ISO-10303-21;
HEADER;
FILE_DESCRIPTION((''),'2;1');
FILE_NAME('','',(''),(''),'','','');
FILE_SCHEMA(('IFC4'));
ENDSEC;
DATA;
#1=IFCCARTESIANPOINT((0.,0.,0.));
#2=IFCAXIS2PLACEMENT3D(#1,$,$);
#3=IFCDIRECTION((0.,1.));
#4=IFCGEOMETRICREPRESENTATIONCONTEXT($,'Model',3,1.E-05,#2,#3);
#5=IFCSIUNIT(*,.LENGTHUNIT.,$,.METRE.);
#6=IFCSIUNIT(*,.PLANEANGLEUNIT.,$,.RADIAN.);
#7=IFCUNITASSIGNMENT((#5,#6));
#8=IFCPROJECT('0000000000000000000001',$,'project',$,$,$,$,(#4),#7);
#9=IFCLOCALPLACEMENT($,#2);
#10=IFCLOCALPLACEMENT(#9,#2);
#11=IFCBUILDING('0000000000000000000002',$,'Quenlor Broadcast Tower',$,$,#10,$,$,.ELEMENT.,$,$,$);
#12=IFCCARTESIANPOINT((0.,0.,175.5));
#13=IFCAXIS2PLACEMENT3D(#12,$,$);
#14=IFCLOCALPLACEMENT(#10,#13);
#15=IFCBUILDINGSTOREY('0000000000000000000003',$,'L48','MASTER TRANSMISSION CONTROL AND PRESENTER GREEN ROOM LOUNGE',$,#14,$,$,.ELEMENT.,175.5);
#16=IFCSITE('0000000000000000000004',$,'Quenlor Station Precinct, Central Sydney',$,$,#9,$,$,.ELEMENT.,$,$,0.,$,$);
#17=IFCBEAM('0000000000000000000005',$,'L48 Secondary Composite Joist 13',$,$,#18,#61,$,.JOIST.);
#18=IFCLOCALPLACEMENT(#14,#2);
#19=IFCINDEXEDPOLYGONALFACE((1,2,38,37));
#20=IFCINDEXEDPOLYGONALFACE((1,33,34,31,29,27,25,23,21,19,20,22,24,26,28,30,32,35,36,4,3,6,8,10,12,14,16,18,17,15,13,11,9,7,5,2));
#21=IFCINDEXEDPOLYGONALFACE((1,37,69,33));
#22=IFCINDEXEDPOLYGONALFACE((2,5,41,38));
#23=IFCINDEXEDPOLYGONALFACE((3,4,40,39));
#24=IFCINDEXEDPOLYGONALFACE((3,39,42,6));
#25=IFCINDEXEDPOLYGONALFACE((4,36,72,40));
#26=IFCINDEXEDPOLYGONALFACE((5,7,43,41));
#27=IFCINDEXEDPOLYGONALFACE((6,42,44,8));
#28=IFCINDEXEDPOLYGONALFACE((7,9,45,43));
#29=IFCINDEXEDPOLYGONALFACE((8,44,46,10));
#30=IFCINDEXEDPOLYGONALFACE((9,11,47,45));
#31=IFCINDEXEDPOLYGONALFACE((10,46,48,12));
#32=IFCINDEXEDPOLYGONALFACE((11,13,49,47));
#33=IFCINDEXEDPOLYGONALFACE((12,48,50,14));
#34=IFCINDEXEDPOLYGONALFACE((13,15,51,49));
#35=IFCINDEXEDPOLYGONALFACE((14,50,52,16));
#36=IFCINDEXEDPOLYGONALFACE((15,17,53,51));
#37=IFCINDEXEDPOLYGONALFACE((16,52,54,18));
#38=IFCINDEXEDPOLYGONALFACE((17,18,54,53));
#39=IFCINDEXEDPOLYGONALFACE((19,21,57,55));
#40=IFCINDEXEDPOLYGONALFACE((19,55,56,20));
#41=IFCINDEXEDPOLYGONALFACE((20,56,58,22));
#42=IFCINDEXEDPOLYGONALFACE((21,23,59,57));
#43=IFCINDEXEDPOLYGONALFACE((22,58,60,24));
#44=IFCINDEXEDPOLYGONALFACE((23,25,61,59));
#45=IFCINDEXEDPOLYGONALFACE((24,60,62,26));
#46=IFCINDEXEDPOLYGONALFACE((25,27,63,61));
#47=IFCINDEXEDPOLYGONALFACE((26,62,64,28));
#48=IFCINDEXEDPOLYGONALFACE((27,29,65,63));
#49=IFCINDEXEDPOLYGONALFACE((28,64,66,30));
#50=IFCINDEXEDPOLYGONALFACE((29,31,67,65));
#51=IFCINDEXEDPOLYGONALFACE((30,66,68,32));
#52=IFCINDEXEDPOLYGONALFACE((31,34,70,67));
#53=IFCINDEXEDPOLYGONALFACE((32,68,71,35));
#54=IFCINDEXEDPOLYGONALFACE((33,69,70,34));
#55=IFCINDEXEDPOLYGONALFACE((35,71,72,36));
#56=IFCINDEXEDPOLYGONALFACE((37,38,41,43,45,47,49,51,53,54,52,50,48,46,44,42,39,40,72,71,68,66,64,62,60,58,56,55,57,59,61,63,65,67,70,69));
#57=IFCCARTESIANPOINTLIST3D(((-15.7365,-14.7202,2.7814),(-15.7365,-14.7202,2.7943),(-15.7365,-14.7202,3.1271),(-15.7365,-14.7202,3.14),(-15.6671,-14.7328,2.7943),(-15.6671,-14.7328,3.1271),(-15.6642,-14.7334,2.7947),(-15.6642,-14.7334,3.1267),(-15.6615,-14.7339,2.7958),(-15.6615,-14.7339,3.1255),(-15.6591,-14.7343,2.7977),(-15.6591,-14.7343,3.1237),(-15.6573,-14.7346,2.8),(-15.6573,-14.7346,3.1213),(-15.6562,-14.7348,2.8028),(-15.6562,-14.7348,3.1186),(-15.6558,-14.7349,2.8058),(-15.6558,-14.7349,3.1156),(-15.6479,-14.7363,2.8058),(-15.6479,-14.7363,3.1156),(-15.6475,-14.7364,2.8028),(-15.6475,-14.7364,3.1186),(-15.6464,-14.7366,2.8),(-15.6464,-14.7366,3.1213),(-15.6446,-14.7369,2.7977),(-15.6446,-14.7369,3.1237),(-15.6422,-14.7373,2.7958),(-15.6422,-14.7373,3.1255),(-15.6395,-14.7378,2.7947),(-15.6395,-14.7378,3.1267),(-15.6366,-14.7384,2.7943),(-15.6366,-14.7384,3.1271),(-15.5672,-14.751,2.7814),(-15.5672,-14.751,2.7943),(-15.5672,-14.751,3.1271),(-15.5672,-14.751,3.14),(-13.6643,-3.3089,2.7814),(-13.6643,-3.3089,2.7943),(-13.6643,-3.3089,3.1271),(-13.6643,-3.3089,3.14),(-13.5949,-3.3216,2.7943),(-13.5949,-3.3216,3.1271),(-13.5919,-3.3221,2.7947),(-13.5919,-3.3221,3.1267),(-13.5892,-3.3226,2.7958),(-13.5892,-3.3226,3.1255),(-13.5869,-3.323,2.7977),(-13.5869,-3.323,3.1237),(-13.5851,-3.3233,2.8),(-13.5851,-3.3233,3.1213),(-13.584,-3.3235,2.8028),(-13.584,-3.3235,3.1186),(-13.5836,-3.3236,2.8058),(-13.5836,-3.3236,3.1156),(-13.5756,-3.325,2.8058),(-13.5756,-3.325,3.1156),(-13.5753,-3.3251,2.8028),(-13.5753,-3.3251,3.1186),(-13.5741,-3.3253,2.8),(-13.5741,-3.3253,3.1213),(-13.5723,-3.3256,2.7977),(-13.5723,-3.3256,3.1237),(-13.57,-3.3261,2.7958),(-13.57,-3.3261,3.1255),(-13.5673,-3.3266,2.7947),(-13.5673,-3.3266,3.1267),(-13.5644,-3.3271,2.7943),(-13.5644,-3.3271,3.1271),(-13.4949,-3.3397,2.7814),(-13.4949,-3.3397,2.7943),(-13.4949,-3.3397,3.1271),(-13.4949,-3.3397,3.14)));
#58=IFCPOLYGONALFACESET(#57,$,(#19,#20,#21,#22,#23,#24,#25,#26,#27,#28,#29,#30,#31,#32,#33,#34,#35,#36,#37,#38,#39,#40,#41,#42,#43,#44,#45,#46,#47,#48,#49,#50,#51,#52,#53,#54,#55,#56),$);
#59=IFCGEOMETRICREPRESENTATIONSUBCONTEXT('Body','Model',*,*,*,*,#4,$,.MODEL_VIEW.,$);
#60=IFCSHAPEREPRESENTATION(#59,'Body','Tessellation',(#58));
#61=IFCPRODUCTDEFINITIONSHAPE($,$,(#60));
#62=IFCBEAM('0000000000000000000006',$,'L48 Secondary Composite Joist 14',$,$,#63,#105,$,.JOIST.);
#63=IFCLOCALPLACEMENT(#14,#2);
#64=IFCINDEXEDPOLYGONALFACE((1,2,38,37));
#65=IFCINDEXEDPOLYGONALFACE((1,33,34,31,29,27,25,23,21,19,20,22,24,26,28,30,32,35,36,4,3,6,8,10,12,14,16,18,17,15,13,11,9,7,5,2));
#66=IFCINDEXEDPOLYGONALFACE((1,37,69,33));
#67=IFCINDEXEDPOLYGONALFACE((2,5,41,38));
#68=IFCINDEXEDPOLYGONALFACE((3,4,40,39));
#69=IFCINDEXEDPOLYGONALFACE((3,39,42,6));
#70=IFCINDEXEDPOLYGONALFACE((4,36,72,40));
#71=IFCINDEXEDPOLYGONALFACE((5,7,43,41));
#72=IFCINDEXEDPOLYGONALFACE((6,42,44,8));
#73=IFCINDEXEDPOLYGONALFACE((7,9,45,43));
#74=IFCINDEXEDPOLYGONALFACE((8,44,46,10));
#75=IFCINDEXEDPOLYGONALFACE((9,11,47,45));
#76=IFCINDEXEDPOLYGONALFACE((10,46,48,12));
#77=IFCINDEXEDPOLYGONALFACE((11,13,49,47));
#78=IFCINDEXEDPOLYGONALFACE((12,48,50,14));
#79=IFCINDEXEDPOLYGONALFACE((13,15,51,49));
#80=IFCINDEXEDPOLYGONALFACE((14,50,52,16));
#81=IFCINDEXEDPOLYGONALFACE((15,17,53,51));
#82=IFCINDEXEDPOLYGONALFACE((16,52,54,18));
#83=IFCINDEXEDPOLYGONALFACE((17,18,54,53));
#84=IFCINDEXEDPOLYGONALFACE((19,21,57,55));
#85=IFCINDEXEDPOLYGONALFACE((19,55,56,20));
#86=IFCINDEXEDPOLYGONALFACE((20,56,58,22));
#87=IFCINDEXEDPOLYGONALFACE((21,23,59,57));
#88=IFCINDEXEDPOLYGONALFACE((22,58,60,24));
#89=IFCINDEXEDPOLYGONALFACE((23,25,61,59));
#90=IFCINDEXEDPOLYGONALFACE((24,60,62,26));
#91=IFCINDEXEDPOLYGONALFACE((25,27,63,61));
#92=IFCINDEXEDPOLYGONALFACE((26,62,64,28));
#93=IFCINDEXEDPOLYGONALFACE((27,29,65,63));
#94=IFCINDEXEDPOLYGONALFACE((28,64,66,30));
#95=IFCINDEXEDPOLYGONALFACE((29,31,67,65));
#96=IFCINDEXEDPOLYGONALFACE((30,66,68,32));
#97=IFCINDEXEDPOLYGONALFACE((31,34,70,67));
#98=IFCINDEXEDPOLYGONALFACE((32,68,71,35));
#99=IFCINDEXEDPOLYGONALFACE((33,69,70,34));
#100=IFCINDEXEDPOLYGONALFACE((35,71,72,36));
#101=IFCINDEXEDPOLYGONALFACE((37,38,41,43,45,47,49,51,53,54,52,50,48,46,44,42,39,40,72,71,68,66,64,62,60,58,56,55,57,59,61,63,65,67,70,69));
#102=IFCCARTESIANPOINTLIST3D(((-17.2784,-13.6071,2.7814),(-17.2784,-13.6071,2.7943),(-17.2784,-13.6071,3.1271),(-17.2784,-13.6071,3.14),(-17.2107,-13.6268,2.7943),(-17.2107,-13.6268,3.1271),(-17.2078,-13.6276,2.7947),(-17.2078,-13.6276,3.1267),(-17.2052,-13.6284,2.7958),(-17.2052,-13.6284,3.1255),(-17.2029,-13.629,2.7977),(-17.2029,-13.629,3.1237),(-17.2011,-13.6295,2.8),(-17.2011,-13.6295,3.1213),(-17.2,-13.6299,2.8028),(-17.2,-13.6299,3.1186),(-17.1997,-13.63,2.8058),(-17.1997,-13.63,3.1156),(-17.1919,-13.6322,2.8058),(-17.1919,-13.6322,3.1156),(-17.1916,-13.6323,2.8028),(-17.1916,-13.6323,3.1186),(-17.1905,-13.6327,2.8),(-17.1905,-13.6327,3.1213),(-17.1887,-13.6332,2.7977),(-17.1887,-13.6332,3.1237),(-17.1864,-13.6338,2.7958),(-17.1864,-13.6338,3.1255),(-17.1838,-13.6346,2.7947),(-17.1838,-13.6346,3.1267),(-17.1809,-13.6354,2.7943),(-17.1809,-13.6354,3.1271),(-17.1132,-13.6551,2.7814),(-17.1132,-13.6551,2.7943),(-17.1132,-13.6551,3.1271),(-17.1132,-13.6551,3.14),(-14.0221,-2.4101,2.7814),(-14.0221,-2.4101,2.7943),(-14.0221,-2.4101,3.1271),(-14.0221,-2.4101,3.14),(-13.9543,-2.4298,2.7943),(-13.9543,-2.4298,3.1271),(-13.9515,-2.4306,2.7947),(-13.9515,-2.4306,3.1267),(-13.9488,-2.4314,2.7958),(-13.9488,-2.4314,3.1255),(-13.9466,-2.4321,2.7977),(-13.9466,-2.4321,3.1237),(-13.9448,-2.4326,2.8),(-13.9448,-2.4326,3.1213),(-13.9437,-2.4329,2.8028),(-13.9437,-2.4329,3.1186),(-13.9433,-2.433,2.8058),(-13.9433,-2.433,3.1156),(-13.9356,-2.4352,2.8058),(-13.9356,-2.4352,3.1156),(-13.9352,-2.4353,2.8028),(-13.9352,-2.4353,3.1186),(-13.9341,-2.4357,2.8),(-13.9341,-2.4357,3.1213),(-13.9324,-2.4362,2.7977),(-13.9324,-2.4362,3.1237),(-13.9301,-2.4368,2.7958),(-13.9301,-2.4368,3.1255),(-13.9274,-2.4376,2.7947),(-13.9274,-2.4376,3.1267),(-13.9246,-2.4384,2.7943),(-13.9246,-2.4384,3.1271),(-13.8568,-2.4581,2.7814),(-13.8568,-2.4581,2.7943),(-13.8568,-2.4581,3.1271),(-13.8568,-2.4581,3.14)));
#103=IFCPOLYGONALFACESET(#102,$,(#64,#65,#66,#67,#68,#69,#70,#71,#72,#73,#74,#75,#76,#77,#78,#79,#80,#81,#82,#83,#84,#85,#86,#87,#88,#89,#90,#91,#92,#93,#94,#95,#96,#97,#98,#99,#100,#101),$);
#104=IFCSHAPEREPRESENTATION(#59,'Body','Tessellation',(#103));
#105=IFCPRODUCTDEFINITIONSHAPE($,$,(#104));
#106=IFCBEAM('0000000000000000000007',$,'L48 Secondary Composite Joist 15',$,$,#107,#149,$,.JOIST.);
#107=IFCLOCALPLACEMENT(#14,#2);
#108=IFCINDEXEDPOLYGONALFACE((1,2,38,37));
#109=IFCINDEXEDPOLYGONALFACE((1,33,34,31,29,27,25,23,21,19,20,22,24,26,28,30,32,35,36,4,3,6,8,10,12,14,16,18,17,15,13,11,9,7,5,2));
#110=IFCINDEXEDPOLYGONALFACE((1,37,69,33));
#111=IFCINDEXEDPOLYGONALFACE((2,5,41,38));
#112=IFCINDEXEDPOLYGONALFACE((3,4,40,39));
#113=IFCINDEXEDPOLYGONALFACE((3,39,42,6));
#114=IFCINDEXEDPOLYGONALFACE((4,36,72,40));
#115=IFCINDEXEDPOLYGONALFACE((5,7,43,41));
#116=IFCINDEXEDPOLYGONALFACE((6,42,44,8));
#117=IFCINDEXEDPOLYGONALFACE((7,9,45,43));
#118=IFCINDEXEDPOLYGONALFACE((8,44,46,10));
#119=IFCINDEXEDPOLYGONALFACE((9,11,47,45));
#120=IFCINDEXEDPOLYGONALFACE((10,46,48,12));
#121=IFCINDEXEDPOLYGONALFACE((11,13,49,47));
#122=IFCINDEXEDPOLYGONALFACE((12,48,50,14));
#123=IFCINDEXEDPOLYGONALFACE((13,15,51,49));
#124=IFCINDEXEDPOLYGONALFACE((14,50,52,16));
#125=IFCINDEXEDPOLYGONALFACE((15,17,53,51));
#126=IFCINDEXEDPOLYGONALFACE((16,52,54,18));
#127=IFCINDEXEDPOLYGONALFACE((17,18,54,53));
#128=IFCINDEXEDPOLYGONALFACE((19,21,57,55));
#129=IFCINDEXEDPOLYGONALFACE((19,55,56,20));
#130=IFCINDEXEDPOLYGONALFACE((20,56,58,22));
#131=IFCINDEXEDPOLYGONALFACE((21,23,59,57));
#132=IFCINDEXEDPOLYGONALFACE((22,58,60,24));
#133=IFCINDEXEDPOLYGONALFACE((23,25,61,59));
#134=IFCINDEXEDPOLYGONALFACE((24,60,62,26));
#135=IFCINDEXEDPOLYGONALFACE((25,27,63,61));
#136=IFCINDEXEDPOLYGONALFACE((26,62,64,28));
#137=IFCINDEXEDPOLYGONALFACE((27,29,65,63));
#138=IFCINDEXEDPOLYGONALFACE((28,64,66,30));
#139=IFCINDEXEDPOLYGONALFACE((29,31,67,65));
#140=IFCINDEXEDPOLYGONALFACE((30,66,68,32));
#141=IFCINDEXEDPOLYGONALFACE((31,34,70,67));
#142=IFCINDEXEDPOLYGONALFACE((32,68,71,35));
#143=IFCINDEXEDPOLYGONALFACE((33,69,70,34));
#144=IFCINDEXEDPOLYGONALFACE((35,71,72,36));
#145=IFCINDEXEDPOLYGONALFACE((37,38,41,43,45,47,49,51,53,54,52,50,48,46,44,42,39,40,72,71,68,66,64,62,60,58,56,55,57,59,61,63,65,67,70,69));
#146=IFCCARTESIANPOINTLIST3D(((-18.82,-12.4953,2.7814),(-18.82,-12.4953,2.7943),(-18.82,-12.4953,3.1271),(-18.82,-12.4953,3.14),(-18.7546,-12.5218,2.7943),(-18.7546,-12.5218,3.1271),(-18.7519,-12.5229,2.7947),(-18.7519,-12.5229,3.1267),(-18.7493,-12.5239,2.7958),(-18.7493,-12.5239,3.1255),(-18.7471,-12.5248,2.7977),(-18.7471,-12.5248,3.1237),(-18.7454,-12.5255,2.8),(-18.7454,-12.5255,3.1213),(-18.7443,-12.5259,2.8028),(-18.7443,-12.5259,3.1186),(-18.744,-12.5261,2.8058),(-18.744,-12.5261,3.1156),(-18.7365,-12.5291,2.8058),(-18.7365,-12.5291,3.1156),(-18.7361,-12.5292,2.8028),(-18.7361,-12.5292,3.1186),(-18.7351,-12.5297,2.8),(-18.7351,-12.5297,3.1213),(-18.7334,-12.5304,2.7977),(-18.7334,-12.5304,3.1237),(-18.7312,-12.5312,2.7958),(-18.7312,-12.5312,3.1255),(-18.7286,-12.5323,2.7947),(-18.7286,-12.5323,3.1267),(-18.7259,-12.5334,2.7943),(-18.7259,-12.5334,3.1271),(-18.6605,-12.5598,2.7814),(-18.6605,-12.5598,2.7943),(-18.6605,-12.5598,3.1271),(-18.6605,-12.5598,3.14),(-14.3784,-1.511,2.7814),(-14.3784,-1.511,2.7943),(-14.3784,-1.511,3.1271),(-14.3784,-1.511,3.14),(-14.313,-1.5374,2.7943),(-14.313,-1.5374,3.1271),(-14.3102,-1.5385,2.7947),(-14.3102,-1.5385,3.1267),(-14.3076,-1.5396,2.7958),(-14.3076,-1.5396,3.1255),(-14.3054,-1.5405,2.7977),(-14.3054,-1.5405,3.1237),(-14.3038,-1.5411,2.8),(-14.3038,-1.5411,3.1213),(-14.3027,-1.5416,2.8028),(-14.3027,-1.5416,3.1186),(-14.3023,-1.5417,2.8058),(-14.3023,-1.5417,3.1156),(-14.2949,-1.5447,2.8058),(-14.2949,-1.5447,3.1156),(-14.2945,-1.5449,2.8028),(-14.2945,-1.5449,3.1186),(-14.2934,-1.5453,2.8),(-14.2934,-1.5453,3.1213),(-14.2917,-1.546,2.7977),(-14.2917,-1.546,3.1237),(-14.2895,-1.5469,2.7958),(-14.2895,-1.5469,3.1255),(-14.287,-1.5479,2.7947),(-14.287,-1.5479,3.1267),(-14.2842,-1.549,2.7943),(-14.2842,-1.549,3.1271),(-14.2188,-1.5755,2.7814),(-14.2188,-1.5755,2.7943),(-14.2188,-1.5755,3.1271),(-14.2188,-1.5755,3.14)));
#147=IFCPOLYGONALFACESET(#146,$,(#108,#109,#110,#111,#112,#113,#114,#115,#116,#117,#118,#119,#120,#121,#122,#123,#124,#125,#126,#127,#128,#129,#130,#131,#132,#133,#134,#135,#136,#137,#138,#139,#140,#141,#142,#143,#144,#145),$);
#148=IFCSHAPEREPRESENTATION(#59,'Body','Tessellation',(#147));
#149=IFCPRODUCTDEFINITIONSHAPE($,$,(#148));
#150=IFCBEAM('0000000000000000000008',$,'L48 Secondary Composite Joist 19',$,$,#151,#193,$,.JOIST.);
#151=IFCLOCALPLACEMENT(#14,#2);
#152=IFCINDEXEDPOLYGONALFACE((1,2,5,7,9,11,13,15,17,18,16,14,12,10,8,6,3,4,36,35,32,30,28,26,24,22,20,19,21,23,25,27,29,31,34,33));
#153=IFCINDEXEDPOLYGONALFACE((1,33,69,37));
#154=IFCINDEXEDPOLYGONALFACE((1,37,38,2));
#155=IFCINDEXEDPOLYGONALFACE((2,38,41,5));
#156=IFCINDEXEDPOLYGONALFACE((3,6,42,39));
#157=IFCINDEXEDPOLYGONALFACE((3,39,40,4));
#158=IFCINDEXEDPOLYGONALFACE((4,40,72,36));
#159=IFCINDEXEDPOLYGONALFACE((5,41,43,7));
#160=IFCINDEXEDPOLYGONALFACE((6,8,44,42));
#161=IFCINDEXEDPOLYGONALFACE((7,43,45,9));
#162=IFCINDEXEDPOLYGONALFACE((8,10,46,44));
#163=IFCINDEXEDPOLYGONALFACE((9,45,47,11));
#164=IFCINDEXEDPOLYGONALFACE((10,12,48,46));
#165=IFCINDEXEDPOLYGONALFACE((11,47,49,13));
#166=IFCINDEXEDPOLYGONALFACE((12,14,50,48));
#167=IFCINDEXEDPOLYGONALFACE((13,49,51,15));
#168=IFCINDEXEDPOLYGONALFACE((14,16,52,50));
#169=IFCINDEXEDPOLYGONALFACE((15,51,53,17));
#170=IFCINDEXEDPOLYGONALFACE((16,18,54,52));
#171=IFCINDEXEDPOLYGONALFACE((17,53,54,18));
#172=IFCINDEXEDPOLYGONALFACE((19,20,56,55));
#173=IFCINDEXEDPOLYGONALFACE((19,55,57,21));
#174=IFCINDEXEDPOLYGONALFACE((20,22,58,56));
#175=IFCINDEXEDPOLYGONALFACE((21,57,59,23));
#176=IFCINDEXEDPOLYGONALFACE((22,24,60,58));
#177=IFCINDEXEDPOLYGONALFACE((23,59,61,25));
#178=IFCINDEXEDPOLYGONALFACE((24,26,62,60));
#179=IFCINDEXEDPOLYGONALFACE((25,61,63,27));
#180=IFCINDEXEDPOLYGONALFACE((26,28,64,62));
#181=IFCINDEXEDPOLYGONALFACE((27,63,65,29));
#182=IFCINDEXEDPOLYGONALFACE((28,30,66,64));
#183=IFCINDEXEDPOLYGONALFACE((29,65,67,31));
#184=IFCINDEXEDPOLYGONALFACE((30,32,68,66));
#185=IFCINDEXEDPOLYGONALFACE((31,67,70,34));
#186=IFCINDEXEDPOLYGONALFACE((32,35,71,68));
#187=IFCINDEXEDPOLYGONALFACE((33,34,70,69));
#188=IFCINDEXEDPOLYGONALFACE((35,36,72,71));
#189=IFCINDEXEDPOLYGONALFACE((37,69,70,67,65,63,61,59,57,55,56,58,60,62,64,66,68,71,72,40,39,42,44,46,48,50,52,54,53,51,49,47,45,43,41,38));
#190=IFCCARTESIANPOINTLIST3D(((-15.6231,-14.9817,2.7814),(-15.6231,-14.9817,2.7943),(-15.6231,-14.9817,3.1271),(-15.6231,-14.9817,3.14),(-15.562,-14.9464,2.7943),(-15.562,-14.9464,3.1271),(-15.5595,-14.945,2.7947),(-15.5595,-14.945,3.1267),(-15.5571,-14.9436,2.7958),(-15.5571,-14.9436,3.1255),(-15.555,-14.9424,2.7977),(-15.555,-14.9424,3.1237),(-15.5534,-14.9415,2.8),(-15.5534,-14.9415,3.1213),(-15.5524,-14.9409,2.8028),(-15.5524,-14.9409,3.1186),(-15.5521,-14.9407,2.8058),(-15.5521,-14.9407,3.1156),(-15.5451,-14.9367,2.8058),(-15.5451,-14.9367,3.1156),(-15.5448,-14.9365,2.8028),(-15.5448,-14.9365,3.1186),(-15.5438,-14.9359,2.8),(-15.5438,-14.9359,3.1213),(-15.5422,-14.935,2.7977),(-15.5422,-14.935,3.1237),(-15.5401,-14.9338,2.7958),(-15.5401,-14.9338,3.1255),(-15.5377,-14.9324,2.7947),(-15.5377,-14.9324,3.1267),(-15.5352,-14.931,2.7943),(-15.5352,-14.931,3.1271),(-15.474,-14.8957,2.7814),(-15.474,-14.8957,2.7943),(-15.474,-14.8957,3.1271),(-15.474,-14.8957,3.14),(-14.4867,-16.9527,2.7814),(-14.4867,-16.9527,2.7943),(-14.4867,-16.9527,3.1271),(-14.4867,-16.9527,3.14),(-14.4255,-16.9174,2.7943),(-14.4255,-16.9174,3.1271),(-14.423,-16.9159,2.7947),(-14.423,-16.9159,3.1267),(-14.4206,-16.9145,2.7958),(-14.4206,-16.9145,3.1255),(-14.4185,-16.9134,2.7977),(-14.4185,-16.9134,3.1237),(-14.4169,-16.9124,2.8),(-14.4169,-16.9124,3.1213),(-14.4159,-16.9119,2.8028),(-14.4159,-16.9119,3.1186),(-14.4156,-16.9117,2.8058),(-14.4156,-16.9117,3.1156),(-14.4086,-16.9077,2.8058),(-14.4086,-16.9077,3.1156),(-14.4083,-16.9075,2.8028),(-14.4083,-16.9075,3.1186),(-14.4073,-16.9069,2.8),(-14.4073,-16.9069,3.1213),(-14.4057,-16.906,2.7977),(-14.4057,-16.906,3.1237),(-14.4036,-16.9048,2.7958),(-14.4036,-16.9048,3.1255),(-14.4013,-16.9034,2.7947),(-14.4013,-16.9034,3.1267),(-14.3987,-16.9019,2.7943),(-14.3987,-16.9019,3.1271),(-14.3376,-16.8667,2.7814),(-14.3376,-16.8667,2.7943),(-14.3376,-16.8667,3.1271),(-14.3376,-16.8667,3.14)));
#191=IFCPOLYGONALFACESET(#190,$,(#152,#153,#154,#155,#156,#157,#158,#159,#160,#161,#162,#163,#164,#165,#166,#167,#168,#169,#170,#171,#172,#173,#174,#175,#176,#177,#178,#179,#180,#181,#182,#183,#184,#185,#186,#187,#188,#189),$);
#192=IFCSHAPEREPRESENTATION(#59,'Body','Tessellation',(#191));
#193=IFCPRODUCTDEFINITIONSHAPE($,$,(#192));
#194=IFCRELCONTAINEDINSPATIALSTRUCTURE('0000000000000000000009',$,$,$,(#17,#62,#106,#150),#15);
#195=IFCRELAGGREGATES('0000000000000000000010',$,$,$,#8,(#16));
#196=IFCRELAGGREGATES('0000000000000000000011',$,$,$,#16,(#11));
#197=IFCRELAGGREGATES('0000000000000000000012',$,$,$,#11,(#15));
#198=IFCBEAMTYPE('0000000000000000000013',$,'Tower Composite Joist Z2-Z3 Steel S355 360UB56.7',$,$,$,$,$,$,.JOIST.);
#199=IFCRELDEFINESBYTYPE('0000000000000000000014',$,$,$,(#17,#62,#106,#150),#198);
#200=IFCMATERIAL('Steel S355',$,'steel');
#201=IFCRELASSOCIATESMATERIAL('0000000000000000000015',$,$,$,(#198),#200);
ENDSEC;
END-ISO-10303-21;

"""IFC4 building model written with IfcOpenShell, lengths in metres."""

from ifc_helpers import new_model, si_unit, direction, frame, origin, origin_2d, place, context, subcontext, project, spatial, i_section, extrude, material, material_profile, profile_set, type_object, element, save


model = new_model("IFC4")

# Units and contexts
model_context = context("Model", 3, precision=1e-05, world=origin(), true_north=direction((0.0, 1.0)))
body_context = subcontext(model_context, "Body", "Model", "MODEL_VIEW")
ifc_project = project(units=[si_unit("LENGTHUNIT", "METRE"), si_unit("PLANEANGLEUNIT", "RADIAN")], contexts=[model_context])

# Site, building, storey
site_placement = place(None, origin())
site = spatial("IfcSite", under=ifc_project, at=site_placement, Name="Quenlor Station Precinct, Central Sydney", CompositionType="ELEMENT", RefElevation=0.0)
building_placement = place(site_placement, origin())
building = spatial("IfcBuilding", under=site, at=building_placement, Name="Quenlor Broadcast Tower", CompositionType="ELEMENT")
storey_placement = place(building_placement, frame((0.0, 0.0, 175.5)))
storey = spatial("IfcBuildingStorey", under=building, at=storey_placement, Name="L48", Description="MASTER TRANSMISSION CONTROL AND PRESENTER GREEN ROOM LOUNGE", CompositionType="ELEMENT", Elevation=175.5)

# Beams
ifc_material_1 = material(Name="Steel S355", Category="steel")
ifc_material_profile_1 = material_profile(ifc_material_1, i_section(OverallWidth=0.1721, OverallDepth=0.3586, WebThickness=0.0081, FlangeThickness=0.0129, FilletRadius=0.0115, at=origin_2d()))
ifc_profile_set_1 = profile_set([ifc_material_profile_1], Name="Steel S355 360UB56.7")
beam_type_1 = type_object("IfcBeamType", Name="Tower Composite Joist Z2-Z3 Steel S355 360UB56.7", PredefinedType="JOIST", material=ifc_profile_set_1)
beam_1_placement = place(storey_placement, frame((-15.6519, -14.7356, 2.9607), z_axis=(0.178674, 0.983908, 0.0), x_axis=(-0.983908, 0.178674, 0.0)))
element("IfcBeam", 1, at=beam_1_placement, inside=storey, type_object=beam_type_1, Name="L48 Secondary Composite Joist 13", PredefinedType="JOIST", context=body_context, shape_type="SweptSolid", body=[
    extrude(i_section(OverallWidth=0.1721, OverallDepth=0.3586, WebThickness=0.0081, FlangeThickness=0.0129, FilletRadius=0.0115, at=origin_2d()), origin(), (0.0, 0.0, 1.0), 11.5979),
])
beam_2_placement = place(storey_placement, frame((-17.1958, -13.6311, 2.9607), z_axis=(0.279253, 0.960218, 0.0), x_axis=(-0.960218, 0.279253, 0.0)))
element("IfcBeam", 2, at=beam_2_placement, inside=storey, type_object=beam_type_1, Name="L48 Secondary Composite Joist 14", PredefinedType="JOIST", context=body_context, shape_type="SweptSolid", body=[
    extrude(i_section(OverallWidth=0.1721, OverallDepth=0.3586, WebThickness=0.0081, FlangeThickness=0.0129, FilletRadius=0.0115, at=origin_2d()), origin(), (0.0, 0.0, 1.0), 11.6609),
])
beam_3_placement = place(storey_placement, frame((-18.7402, -12.5276, 2.9607), z_axis=(0.374873, 0.927076, 0.0), x_axis=(-0.927076, 0.374873, 0.0)))
element("IfcBeam", 3, at=beam_3_placement, inside=storey, type_object=beam_type_1, Name="L48 Secondary Composite Joist 15", PredefinedType="JOIST", context=body_context, shape_type="SweptSolid", body=[
    extrude(i_section(OverallWidth=0.1721, OverallDepth=0.3586, WebThickness=0.0081, FlangeThickness=0.0129, FilletRadius=0.0115, at=origin_2d()), origin(), (0.0, 0.0, 1.0), 11.8484),
])
beam_4_placement = place(storey_placement, frame((-14.4121, -16.9097, 2.9607), z_axis=(-0.499521, 0.866302, 0.0), x_axis=(-0.866302, -0.499521, 0.0)))
element("IfcBeam", 4, at=beam_4_placement, inside=storey, type_object=beam_type_1, Name="L48 Secondary Composite Joist 19", PredefinedType="JOIST", context=body_context, shape_type="SweptSolid", body=[
    extrude(i_section(OverallWidth=0.1721, OverallDepth=0.3586, WebThickness=0.0081, FlangeThickness=0.0129, FilletRadius=0.0115, at=origin_2d()), origin(), (0.0, 0.0, 1.0), 2.2751),
])

save(model, "model.ifc")
